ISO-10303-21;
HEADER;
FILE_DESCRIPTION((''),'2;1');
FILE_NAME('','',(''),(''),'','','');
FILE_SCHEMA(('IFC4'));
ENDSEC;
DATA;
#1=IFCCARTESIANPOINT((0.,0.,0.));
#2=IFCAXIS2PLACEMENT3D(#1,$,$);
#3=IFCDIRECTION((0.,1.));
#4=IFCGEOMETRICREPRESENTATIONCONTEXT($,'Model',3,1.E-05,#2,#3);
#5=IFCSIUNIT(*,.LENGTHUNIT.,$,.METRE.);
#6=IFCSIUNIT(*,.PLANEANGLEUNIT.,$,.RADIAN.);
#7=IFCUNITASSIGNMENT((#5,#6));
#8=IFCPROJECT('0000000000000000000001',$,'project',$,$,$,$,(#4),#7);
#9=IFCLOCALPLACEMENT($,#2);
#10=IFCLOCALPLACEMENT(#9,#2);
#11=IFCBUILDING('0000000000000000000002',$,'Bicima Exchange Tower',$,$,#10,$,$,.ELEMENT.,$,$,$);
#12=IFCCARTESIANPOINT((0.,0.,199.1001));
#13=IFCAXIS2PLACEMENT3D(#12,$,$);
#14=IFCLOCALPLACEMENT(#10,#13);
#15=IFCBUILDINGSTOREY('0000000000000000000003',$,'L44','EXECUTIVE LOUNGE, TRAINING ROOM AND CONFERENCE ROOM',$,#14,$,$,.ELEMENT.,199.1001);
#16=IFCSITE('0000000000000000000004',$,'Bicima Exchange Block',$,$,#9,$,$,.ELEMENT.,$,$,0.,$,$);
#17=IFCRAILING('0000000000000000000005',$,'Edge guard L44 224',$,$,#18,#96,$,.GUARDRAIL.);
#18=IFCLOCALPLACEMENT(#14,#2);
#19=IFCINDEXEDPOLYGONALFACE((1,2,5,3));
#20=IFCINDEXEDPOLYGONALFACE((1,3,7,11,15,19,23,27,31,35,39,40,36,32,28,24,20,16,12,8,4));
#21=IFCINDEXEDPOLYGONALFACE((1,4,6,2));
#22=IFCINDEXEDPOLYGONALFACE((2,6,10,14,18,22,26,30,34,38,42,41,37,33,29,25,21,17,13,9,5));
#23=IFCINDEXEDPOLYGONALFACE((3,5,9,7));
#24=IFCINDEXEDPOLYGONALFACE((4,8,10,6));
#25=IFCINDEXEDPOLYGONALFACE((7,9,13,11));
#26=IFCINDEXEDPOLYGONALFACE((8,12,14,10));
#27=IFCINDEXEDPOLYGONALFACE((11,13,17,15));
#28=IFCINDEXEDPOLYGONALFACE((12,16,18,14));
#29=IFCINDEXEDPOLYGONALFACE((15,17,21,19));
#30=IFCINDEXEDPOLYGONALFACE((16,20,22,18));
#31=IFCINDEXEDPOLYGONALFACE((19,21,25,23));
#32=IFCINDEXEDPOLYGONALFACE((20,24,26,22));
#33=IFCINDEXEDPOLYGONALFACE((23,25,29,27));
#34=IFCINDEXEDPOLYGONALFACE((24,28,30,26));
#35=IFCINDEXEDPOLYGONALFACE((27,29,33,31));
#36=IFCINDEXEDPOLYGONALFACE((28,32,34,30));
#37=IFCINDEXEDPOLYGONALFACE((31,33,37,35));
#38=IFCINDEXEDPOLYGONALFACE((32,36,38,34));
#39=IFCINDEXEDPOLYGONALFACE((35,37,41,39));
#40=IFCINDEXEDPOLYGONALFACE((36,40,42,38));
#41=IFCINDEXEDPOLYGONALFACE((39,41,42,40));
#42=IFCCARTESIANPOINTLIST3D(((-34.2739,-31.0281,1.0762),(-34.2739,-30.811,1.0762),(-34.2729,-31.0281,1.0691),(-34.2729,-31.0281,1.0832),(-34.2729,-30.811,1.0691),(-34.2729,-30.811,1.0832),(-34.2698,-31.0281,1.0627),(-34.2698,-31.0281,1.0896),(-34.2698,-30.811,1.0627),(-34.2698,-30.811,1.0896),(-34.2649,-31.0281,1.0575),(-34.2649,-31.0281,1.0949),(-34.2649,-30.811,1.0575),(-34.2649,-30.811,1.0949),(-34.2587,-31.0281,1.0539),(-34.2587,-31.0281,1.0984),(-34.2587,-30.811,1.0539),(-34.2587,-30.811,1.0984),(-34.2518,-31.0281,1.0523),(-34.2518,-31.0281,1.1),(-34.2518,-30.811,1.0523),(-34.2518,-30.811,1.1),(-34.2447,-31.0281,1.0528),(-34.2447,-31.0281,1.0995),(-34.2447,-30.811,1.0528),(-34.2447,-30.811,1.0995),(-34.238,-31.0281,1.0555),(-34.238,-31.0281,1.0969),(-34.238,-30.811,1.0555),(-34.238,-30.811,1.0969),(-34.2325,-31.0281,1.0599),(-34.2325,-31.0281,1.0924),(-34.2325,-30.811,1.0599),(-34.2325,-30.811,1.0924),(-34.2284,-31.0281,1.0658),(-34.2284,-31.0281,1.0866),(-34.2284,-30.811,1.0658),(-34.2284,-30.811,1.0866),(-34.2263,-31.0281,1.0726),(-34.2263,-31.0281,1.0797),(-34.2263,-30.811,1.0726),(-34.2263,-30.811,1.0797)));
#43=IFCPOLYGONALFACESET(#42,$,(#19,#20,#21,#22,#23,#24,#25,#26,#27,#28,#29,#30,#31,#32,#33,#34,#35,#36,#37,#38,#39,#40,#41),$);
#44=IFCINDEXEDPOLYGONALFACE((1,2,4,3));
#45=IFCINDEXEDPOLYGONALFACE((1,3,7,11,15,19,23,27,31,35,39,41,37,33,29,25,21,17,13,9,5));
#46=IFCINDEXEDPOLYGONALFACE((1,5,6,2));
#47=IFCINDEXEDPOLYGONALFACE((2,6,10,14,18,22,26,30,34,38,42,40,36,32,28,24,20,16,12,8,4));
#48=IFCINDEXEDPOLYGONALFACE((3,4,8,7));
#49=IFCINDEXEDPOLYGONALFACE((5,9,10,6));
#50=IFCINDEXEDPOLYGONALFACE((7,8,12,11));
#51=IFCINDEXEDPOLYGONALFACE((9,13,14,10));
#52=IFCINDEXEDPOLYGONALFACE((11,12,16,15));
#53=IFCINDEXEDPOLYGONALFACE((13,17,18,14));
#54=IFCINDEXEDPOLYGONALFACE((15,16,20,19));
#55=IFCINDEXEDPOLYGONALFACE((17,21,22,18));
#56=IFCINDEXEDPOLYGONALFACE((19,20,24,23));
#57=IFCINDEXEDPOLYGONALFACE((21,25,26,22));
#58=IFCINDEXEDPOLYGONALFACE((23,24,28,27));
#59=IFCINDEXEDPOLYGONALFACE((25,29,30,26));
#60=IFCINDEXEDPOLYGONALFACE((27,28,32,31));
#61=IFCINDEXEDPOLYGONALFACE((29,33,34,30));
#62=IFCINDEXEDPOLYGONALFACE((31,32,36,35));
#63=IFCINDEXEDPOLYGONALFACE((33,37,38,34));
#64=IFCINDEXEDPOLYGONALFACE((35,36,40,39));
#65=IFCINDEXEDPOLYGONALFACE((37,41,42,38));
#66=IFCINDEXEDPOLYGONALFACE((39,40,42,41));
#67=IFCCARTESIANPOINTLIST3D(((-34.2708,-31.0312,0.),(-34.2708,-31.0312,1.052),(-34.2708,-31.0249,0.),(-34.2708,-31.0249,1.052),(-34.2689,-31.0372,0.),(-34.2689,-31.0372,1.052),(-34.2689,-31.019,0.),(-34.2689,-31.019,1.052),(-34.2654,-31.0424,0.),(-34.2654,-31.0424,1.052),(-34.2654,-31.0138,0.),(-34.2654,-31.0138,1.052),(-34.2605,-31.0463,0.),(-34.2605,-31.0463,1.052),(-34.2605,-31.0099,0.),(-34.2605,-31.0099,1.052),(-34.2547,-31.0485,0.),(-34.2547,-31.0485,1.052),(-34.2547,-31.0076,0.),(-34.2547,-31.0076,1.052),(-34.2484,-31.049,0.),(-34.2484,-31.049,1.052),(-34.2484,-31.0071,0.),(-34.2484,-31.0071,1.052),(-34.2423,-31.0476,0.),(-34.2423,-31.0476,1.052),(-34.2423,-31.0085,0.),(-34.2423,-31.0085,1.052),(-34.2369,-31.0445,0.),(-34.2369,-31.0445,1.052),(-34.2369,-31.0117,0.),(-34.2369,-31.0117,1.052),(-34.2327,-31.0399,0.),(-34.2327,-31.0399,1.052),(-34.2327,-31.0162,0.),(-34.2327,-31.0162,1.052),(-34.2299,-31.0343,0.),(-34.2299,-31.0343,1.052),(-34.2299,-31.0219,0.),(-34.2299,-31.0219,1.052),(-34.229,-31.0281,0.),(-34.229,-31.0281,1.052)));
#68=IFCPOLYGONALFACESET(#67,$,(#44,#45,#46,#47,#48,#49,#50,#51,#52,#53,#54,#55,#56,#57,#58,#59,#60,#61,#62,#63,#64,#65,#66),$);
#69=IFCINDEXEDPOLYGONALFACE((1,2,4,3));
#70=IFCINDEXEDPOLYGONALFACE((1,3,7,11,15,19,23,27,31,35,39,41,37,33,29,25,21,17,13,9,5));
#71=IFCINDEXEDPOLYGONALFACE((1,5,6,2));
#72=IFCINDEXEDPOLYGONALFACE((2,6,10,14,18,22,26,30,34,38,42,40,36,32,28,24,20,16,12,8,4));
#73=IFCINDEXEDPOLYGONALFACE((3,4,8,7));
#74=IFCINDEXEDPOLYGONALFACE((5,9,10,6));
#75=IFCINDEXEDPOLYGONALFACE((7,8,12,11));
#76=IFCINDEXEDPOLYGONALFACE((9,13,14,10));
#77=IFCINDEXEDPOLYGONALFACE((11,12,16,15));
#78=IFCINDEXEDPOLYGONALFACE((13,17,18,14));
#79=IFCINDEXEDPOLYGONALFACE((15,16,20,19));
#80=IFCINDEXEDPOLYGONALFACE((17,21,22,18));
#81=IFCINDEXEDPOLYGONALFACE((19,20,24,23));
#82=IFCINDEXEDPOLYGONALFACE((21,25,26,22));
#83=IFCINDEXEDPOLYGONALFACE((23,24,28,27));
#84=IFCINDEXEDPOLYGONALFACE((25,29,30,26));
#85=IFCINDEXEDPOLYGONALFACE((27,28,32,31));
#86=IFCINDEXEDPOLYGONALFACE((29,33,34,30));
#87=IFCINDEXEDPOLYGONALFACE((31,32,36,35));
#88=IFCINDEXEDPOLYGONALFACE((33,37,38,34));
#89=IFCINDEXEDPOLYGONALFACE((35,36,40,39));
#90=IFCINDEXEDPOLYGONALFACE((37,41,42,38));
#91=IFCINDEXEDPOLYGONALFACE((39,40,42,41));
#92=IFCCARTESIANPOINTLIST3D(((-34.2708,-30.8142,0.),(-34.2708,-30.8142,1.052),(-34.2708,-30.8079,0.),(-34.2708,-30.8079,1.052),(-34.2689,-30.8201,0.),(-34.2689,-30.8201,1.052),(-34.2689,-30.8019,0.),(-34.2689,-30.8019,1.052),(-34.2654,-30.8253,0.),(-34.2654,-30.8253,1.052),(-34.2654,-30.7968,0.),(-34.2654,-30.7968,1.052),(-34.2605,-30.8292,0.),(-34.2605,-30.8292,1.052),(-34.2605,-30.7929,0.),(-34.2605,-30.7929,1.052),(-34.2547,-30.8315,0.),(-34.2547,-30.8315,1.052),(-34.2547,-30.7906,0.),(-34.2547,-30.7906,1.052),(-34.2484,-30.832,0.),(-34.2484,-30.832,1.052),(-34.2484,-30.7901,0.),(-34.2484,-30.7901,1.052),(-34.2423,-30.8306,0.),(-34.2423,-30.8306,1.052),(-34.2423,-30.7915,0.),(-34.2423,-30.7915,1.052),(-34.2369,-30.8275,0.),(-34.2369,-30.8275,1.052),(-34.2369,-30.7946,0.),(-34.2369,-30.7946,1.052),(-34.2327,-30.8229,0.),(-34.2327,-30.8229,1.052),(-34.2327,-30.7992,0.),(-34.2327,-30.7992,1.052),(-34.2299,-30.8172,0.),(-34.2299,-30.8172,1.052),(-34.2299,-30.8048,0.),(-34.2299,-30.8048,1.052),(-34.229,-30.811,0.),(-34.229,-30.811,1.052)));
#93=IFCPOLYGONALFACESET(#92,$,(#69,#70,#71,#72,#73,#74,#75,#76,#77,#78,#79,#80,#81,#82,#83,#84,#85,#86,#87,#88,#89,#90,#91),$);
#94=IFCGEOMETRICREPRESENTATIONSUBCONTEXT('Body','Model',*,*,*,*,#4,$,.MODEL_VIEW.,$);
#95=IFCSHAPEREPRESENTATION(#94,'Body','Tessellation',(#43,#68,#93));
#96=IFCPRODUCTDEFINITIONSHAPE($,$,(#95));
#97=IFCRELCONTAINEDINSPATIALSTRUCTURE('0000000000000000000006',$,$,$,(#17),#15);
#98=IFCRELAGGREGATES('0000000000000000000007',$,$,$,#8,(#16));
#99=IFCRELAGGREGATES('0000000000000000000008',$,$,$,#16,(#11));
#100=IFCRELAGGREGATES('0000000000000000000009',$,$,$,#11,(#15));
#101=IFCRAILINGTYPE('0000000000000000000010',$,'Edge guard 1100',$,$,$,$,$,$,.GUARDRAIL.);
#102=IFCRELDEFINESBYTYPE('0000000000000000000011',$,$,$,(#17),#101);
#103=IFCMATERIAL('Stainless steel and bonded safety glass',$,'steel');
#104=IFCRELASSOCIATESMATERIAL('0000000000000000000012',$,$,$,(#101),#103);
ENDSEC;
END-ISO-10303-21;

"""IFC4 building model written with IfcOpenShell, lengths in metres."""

from ifc_helpers import new_model, si_unit, direction, frame, origin, origin_2d, place, context, subcontext, project, spatial, circle, extrude, material, type_object, element, save


model = new_model("IFC4")

# Units and contexts
model_context = context("Model", 3, precision=1e-05, world=origin(), true_north=direction((0.0, 1.0)))
body_context = subcontext(model_context, "Body", "Model", "MODEL_VIEW")
ifc_project = project(units=[si_unit("LENGTHUNIT", "METRE"), si_unit("PLANEANGLEUNIT", "RADIAN")], contexts=[model_context])

# Site, building, storey
site_placement = place(None, origin())
site = spatial("IfcSite", under=ifc_project, at=site_placement, Name="Bicima Exchange Block", CompositionType="ELEMENT", RefElevation=0.0)
building_placement = place(site_placement, origin())
building = spatial("IfcBuilding", under=site, at=building_placement, Name="Bicima Exchange Tower", CompositionType="ELEMENT")
storey_placement = place(building_placement, frame((0.0, 0.0, 199.1001)))
storey = spatial("IfcBuildingStorey", under=building, at=storey_placement, Name="L44", Description="EXECUTIVE LOUNGE, TRAINING ROOM AND CONFERENCE ROOM", CompositionType="ELEMENT", Elevation=199.1001)

# Railing
ifc_material_1 = material(Name="Stainless steel and bonded safety glass", Category="steel")
railing_type = type_object("IfcRailingType", Name="Edge guard 1100", PredefinedType="GUARDRAIL", material=ifc_material_1)
railing_1_placement = place(storey_placement, frame((-34.25, -31.0281, 0.0)))
element("IfcRailing", 1, at=railing_1_placement, inside=storey, type_object=railing_type, Name="Edge guard L44 224", PredefinedType="GUARDRAIL", context=body_context, shape_type="SweptSolid", body=[
    extrude(circle(Radius=0.0239, at=origin_2d()), frame((0.0, 0.0, 1.0762), z_axis=(0.0, 1.0, 0.0), x_axis=(-1.0, 0.0, 0.0)), (0.0, 0.0, 1.0), 0.217),
    extrude(circle(Radius=0.021, at=origin_2d()), origin(), (0.0, 0.0, 1.0), 1.052),
    extrude(circle(Radius=0.021, at=origin_2d()), frame((0.0, 0.217, 0.0)), (0.0, 0.0, 1.0), 1.052),
])

save(model, "model.ifc")
